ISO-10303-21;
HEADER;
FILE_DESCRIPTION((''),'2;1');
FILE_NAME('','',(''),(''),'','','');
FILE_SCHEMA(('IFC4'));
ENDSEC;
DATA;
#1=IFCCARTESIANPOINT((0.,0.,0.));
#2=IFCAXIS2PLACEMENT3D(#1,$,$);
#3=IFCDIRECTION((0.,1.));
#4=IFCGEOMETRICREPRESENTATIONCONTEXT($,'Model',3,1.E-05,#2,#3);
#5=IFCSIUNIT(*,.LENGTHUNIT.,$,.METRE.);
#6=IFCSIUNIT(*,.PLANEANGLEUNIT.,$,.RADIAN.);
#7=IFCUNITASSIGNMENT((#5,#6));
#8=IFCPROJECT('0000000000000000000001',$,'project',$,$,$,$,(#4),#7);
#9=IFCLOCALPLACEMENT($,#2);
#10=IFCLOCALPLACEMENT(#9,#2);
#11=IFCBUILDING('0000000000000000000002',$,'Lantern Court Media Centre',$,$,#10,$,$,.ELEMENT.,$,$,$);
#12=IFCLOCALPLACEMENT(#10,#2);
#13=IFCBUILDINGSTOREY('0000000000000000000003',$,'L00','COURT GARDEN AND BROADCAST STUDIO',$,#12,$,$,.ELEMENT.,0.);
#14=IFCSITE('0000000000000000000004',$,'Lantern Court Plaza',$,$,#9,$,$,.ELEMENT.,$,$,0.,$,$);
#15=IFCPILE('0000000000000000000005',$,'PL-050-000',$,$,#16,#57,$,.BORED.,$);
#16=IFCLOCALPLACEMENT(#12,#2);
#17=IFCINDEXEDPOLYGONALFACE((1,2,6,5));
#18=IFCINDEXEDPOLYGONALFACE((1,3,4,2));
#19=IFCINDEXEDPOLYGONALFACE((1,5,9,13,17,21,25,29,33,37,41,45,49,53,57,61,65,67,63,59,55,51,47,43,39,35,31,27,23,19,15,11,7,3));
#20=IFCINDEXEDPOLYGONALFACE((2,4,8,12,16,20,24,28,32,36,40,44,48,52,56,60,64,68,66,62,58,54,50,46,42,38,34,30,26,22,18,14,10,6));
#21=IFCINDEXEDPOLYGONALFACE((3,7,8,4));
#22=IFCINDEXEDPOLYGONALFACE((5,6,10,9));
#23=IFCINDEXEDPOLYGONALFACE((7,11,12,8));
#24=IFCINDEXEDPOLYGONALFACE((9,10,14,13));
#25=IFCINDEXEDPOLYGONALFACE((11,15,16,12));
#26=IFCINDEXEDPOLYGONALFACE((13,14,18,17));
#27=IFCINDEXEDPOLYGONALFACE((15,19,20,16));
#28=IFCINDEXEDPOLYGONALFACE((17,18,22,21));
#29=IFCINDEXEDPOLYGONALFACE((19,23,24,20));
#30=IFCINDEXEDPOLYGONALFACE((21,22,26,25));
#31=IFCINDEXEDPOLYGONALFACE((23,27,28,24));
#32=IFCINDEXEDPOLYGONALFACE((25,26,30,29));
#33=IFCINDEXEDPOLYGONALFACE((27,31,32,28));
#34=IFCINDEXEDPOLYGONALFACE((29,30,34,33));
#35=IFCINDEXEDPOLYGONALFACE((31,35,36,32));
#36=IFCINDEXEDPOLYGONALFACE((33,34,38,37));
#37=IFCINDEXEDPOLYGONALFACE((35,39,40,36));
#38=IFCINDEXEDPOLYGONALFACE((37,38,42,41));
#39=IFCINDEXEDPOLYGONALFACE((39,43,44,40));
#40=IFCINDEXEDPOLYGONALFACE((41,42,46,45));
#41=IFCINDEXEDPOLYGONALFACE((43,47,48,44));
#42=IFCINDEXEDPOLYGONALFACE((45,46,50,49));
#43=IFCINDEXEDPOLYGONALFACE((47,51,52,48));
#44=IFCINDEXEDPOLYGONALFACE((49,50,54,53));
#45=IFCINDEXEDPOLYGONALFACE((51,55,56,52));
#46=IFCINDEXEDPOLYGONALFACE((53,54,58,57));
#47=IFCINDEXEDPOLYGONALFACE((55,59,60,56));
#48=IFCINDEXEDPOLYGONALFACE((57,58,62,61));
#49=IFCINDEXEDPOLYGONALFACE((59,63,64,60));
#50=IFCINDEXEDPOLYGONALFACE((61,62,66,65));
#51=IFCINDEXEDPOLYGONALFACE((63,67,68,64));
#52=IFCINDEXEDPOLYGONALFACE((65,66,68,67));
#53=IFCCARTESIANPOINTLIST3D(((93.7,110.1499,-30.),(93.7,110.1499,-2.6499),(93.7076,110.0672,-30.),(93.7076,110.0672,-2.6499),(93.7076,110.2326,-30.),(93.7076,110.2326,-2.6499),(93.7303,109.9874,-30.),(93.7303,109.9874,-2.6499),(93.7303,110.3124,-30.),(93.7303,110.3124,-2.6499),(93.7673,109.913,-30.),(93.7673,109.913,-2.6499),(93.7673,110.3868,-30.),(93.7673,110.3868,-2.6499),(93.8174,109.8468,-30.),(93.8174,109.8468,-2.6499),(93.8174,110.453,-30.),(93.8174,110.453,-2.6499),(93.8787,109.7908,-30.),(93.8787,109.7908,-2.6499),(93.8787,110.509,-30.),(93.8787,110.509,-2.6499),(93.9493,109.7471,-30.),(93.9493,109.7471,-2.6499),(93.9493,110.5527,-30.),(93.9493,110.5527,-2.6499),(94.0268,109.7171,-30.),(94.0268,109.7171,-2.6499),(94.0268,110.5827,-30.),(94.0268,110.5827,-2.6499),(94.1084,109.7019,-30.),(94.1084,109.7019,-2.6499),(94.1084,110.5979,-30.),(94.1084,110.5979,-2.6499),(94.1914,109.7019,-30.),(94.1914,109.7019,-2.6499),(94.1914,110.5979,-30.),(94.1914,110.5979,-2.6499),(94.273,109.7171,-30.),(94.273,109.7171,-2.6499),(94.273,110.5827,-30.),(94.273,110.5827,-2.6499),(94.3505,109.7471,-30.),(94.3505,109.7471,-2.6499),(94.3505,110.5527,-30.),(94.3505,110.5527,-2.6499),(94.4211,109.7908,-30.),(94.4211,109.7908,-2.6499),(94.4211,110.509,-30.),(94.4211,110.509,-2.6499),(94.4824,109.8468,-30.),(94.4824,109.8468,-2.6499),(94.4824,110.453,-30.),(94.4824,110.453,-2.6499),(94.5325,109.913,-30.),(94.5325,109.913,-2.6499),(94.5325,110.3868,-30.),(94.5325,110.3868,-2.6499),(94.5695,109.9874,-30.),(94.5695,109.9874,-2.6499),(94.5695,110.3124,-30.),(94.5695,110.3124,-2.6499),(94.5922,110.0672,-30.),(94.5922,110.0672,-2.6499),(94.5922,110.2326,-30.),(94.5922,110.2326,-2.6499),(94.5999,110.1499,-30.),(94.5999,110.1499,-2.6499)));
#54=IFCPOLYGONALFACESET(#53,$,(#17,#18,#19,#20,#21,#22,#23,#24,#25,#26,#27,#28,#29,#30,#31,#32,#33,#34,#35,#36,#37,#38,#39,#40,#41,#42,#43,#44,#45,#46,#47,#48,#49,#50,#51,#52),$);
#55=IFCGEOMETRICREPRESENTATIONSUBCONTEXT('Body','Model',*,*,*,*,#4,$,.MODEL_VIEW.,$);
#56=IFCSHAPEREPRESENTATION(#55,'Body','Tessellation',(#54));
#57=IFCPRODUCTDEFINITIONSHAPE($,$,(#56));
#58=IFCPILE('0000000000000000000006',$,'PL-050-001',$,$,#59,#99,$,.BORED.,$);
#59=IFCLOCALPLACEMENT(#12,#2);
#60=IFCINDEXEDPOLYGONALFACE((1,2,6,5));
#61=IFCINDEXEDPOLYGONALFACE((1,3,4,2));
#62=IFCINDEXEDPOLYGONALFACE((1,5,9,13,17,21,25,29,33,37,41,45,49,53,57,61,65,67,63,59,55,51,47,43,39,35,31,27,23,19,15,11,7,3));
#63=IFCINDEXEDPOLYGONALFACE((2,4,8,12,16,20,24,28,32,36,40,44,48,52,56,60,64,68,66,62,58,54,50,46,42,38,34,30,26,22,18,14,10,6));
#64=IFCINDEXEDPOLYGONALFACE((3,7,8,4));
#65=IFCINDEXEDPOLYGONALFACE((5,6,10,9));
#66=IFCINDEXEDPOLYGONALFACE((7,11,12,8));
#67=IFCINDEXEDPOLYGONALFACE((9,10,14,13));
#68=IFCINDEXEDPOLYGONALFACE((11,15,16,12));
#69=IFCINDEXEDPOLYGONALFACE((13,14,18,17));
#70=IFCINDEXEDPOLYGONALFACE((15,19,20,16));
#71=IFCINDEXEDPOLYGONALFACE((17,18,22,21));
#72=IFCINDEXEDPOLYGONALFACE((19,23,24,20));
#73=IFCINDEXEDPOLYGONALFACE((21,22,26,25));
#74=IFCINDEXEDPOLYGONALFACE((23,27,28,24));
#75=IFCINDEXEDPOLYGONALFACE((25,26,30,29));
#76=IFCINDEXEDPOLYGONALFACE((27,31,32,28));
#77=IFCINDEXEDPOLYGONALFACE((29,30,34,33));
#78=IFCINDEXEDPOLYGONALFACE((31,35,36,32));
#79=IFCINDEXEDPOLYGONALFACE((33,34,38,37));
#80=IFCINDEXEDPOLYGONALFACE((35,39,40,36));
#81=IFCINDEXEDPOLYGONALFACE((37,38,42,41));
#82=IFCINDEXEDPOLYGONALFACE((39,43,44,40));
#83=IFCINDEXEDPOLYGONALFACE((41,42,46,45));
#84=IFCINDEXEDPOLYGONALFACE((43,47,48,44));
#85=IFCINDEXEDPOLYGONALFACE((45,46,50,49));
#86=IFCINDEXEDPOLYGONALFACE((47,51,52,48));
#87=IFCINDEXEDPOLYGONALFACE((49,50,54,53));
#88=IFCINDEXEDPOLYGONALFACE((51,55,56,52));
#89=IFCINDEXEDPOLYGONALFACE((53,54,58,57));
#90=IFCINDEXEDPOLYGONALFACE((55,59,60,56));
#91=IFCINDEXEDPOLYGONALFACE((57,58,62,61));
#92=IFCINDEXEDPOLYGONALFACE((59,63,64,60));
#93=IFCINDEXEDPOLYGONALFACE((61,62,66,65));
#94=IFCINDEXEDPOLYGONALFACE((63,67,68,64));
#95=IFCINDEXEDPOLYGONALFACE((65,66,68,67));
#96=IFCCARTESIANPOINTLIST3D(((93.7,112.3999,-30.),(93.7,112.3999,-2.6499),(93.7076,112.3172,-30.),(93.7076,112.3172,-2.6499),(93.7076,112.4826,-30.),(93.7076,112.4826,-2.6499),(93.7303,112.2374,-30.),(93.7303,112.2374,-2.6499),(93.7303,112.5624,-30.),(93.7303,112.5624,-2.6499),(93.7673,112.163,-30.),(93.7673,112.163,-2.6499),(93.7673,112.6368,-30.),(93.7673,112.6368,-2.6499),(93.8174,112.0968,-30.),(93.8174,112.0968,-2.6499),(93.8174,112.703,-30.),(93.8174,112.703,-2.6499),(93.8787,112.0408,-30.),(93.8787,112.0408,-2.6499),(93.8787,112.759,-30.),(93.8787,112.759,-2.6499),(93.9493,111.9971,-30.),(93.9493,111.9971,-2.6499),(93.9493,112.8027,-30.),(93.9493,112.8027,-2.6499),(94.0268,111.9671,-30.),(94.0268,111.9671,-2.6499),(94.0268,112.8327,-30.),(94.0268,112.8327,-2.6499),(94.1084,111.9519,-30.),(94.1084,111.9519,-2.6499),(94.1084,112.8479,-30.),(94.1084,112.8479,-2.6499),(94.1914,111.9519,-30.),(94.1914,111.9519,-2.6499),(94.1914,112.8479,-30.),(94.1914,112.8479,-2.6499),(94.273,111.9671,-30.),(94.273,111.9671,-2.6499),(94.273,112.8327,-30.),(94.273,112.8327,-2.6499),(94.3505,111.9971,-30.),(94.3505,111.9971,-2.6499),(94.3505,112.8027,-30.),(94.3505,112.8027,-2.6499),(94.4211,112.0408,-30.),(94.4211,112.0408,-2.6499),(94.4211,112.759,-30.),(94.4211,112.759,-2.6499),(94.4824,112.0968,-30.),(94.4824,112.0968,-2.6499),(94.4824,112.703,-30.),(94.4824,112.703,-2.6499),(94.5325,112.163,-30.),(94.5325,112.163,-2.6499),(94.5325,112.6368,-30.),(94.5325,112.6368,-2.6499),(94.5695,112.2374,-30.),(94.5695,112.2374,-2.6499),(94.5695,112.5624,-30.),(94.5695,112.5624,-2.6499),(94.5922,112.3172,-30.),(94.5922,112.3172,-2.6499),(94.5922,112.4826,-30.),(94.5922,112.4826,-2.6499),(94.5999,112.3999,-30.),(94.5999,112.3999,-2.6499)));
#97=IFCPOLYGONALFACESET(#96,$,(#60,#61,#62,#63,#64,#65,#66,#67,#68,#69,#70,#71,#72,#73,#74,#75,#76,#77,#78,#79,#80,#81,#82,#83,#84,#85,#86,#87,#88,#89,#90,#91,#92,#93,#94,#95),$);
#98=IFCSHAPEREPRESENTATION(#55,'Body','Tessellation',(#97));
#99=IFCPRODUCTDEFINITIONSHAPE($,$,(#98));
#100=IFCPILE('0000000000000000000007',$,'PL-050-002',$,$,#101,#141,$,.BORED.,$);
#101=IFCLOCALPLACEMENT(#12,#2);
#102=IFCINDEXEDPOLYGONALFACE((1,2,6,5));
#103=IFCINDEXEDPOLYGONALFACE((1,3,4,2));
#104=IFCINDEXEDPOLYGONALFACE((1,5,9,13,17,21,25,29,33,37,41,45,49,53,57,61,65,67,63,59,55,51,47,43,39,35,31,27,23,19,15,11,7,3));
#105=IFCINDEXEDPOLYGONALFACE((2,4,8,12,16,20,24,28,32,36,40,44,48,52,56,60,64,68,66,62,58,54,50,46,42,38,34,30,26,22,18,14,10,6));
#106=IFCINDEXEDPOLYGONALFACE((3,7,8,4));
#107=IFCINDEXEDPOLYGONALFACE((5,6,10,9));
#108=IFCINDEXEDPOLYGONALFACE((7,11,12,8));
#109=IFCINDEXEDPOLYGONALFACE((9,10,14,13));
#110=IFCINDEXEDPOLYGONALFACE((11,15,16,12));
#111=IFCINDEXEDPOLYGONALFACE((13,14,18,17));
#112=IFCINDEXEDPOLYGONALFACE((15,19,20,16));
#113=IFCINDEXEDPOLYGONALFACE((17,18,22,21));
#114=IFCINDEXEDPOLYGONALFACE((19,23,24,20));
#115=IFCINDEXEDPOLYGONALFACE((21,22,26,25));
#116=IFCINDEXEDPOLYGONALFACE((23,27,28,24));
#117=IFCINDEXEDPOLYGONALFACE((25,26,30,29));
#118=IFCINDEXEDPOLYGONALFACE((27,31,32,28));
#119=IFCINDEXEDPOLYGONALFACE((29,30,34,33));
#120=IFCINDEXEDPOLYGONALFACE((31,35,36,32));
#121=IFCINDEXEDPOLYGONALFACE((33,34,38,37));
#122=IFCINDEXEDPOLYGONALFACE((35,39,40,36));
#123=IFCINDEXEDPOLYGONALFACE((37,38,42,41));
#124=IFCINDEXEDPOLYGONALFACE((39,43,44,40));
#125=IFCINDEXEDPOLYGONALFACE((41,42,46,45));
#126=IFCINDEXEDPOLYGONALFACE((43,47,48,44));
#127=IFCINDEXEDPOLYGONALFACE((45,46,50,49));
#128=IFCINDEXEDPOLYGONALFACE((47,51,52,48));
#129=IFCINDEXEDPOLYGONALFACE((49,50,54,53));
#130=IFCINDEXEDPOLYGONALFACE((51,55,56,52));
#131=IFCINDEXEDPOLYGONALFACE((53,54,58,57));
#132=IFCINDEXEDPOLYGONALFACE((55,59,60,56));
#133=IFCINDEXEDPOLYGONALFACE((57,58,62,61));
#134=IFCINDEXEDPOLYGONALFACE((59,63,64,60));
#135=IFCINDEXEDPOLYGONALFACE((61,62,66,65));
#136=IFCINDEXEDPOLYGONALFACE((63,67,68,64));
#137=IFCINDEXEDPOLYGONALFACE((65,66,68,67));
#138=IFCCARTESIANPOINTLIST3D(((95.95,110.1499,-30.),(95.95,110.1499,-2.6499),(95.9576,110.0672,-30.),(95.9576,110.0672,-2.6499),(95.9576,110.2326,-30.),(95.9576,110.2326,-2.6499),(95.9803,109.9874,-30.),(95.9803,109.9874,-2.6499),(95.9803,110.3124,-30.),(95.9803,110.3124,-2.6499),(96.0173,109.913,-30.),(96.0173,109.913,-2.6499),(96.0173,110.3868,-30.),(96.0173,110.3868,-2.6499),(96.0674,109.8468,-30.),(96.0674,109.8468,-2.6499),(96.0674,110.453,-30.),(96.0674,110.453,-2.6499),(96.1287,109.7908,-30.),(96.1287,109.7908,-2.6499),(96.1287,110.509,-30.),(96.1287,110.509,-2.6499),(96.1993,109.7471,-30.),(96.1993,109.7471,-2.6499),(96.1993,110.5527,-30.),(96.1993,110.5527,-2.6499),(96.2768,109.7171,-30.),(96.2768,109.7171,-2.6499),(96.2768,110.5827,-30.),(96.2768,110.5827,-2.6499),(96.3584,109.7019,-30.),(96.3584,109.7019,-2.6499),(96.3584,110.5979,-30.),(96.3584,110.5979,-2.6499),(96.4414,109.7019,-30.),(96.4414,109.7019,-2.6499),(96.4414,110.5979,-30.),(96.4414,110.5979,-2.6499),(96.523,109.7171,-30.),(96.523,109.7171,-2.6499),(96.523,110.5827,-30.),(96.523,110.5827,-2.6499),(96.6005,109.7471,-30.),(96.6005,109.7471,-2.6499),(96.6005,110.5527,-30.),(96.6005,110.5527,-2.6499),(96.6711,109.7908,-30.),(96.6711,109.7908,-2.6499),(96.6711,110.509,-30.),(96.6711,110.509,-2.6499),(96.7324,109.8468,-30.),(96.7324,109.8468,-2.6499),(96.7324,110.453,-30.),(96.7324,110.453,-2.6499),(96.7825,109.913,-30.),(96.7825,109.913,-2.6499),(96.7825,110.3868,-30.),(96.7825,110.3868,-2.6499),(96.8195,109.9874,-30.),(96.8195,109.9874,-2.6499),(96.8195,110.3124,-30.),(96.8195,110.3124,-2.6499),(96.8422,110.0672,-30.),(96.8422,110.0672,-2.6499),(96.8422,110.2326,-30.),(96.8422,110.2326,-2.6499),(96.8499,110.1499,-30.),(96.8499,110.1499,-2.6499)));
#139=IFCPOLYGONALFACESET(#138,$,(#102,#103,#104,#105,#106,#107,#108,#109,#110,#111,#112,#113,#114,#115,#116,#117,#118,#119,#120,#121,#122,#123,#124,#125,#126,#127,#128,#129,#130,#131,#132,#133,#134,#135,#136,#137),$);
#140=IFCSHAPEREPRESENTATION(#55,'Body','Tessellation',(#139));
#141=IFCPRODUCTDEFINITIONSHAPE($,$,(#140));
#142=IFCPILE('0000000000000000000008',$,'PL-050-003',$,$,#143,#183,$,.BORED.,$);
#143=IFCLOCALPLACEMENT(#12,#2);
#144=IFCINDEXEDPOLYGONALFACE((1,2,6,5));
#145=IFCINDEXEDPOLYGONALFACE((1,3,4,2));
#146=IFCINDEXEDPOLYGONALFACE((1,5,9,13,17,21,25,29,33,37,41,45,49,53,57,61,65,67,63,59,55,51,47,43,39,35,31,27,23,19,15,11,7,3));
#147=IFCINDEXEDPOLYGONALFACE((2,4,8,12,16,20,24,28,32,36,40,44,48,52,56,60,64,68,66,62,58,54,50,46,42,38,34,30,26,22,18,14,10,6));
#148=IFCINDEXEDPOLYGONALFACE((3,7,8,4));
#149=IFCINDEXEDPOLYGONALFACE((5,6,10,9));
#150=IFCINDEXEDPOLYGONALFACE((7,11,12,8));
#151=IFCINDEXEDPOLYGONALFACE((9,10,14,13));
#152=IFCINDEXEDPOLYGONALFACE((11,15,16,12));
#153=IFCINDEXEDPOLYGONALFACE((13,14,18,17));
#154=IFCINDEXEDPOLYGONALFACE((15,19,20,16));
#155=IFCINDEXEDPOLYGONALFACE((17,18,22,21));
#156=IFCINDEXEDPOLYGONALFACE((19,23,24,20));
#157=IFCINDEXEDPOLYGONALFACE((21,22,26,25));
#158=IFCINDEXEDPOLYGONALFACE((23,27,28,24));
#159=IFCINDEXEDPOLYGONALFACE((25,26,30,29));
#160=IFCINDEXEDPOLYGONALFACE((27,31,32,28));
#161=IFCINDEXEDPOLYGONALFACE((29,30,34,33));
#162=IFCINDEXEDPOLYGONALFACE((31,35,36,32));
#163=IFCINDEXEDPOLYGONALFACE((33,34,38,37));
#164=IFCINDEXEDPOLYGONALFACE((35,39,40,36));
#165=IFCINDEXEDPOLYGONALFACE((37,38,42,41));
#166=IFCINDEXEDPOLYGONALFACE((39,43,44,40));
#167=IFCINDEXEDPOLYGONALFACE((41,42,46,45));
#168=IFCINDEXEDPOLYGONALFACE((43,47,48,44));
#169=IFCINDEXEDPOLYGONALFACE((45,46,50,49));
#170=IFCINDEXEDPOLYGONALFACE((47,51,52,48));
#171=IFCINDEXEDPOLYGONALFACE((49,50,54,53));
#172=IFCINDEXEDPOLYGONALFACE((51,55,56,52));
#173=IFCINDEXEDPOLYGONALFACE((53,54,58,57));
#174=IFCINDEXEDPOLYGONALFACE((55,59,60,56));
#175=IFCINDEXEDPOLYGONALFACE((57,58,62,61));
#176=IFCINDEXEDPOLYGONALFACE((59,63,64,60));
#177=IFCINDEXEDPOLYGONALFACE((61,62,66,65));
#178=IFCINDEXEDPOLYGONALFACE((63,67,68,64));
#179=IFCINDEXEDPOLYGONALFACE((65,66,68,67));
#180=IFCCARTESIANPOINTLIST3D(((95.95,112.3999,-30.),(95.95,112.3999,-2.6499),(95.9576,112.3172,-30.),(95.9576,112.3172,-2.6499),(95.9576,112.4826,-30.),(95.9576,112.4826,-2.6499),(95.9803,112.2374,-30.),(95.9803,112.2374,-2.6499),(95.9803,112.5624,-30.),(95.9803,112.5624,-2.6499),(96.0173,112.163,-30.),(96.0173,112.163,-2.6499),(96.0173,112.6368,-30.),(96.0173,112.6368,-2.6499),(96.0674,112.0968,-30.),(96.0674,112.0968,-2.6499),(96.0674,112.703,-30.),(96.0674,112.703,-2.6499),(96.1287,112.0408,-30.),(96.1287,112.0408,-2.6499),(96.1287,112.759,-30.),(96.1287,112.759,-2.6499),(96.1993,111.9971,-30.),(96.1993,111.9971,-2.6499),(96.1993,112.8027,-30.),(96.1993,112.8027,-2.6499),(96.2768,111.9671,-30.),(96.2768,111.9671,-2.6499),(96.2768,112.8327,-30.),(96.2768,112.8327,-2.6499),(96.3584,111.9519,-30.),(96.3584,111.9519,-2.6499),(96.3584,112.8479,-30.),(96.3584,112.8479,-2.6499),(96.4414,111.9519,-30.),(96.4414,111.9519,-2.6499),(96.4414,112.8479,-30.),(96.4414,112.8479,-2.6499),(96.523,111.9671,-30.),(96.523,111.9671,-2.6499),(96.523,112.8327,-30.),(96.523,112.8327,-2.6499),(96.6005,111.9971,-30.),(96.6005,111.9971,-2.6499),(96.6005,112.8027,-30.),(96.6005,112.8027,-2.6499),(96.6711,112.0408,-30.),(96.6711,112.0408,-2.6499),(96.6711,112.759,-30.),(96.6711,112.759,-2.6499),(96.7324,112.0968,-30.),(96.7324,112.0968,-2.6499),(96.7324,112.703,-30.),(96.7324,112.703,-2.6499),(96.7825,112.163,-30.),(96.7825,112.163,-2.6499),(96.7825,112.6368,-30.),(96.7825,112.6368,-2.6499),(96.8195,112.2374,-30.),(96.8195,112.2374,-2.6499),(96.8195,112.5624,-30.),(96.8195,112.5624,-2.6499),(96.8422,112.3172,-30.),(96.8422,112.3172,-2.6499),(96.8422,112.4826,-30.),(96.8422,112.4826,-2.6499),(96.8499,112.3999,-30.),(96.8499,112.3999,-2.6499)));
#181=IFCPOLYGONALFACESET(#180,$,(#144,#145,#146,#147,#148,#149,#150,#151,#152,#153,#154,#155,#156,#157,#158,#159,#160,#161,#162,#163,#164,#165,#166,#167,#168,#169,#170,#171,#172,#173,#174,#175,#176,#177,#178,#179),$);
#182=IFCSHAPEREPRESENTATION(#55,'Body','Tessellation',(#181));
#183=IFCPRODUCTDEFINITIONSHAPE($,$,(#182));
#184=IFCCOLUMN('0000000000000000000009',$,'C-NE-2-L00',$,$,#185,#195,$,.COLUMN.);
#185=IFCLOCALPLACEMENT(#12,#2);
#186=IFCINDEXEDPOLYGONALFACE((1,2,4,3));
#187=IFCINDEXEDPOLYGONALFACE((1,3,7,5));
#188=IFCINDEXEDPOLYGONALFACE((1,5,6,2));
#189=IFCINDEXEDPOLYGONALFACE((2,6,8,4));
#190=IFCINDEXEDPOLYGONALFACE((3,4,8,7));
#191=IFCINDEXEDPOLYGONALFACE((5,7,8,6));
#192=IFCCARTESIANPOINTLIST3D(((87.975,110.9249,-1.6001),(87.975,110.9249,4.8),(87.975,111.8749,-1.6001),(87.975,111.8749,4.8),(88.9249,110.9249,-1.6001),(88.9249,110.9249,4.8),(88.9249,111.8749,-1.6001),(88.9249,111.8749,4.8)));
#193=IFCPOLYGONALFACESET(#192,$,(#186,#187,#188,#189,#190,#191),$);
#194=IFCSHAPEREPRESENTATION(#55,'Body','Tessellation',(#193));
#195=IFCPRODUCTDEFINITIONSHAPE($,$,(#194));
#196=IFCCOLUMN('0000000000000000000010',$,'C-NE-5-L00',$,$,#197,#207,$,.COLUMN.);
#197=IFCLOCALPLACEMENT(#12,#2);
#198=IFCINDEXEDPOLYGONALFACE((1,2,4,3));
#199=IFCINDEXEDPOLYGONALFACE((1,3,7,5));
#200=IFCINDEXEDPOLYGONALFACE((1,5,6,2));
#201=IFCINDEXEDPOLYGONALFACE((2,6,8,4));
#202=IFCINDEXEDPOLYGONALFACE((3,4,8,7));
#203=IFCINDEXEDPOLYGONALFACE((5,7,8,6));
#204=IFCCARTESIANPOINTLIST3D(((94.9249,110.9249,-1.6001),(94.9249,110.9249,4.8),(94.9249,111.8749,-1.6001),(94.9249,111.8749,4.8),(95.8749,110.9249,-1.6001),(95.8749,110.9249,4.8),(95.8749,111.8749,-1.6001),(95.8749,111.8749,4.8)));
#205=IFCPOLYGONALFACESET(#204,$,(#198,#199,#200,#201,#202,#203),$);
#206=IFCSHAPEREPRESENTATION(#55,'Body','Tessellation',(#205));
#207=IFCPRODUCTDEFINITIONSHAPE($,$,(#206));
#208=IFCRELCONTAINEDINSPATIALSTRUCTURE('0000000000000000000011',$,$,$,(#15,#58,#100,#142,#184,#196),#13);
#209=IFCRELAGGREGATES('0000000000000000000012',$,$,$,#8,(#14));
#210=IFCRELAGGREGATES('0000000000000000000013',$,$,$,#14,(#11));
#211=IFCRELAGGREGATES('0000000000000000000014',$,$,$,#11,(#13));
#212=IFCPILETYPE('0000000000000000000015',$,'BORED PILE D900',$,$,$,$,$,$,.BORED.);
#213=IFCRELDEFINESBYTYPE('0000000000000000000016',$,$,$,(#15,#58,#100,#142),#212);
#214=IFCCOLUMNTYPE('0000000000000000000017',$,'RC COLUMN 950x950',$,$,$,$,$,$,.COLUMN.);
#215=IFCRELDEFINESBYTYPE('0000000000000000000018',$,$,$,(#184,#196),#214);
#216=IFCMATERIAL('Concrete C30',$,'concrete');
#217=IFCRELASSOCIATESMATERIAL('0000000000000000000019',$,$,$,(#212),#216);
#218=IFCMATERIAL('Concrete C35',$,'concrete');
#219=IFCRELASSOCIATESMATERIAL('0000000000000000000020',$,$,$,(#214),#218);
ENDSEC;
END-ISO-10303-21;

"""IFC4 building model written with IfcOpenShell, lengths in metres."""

from ifc_helpers import new_model, si_unit, direction, frame, origin, origin_2d, place, context, subcontext, project, spatial, rectangle, circle, extrude, material, material_profile, profile_set, type_object, element, save


model = new_model("IFC4")

# Units and contexts
model_context = context("Model", 3, precision=1e-05, world=origin(), true_north=direction((0.0, 1.0)))
body_context = subcontext(model_context, "Body", "Model", "MODEL_VIEW")
ifc_project = project(units=[si_unit("LENGTHUNIT", "METRE"), si_unit("PLANEANGLEUNIT", "RADIAN")], contexts=[model_context])

# Site, building, storey
site_placement = place(None, origin())
site = spatial("IfcSite", under=ifc_project, at=site_placement, Name="Lantern Court Plaza", CompositionType="ELEMENT", RefElevation=0.0)
building_placement = place(site_placement, origin())
building = spatial("IfcBuilding", under=site, at=building_placement, Name="Lantern Court Media Centre", CompositionType="ELEMENT")
storey_placement = place(building_placement, origin())
storey = spatial("IfcBuildingStorey", under=building, at=storey_placement, Name="L00", Description="COURT GARDEN AND BROADCAST STUDIO", CompositionType="ELEMENT", Elevation=0.0)

# Piles
ifc_material_1 = material(Name="Concrete C30", Category="concrete")
ifc_material_profile_1 = material_profile(ifc_material_1, circle(Radius=0.45, at=origin_2d()), Name="D900")
ifc_profile_set_1 = profile_set([ifc_material_profile_1], Name="Concrete C30")
pile_type = type_object("IfcPileType", Name="BORED PILE D900", PredefinedType="BORED", material=ifc_profile_set_1)
for number, where, z_axis, x_axis, name in (
    (1, (94.1499, 110.1499, -2.6499), (0.0, 0.0, -1.0), (1.0, 0.0, 0.0), "PL-050-000"),
    (2, (94.1499, 112.3999, -2.6499), (0.0, 0.0, -1.0), (1.0, 0.0, 0.0), "PL-050-001"),
    (3, (96.3999, 110.1499, -2.6499), (0.0, 0.0, -1.0), (1.0, 0.0, 0.0), "PL-050-002"),
    (4, (96.3999, 112.3999, -2.6499), (0.0, 0.0, -1.0), (1.0, 0.0, 0.0), "PL-050-003"),
):
    element("IfcPile", number, at=place(storey_placement, frame(where, z_axis=z_axis, x_axis=x_axis)), inside=storey, type_object=pile_type, Name=name, PredefinedType="BORED", context=body_context, shape_type="SweptSolid", body=[
        extrude(circle(Radius=0.45, at=origin_2d()), origin(), (0.0, 0.0, 1.0), 27.3501),
    ])

# Columns
ifc_material_2 = material(Name="Concrete C35", Category="concrete")
ifc_material_profile_2 = material_profile(ifc_material_2, rectangle(XDim=0.95, YDim=0.95, at=origin_2d()), Name="RC 950x950")
ifc_profile_set_2 = profile_set([ifc_material_profile_2], Name="Concrete C35")
column_type = type_object("IfcColumnType", Name="RC COLUMN 950x950", PredefinedType="COLUMN", material=ifc_profile_set_2)
for number, where, z_axis, x_axis, name in (
    (5, (88.45, 111.3999, -1.6001), (0.0, 0.0, 1.0), (1.0, 0.0, 0.0), "C-NE-2-L00"),
    (6, (95.3999, 111.3999, -1.6001), (0.0, 0.0, 1.0), (1.0, 0.0, 0.0), "C-NE-5-L00"),
):
    element("IfcColumn", number, at=place(storey_placement, frame(where, z_axis=z_axis, x_axis=x_axis)), inside=storey, type_object=column_type, Name=name, PredefinedType="COLUMN", context=body_context, shape_type="SweptSolid", body=[
        extrude(rectangle(XDim=0.95, YDim=0.95, at=origin_2d()), origin(), (0.0, 0.0, 1.0), 6.4001),
    ])

save(model, "model.ifc")
